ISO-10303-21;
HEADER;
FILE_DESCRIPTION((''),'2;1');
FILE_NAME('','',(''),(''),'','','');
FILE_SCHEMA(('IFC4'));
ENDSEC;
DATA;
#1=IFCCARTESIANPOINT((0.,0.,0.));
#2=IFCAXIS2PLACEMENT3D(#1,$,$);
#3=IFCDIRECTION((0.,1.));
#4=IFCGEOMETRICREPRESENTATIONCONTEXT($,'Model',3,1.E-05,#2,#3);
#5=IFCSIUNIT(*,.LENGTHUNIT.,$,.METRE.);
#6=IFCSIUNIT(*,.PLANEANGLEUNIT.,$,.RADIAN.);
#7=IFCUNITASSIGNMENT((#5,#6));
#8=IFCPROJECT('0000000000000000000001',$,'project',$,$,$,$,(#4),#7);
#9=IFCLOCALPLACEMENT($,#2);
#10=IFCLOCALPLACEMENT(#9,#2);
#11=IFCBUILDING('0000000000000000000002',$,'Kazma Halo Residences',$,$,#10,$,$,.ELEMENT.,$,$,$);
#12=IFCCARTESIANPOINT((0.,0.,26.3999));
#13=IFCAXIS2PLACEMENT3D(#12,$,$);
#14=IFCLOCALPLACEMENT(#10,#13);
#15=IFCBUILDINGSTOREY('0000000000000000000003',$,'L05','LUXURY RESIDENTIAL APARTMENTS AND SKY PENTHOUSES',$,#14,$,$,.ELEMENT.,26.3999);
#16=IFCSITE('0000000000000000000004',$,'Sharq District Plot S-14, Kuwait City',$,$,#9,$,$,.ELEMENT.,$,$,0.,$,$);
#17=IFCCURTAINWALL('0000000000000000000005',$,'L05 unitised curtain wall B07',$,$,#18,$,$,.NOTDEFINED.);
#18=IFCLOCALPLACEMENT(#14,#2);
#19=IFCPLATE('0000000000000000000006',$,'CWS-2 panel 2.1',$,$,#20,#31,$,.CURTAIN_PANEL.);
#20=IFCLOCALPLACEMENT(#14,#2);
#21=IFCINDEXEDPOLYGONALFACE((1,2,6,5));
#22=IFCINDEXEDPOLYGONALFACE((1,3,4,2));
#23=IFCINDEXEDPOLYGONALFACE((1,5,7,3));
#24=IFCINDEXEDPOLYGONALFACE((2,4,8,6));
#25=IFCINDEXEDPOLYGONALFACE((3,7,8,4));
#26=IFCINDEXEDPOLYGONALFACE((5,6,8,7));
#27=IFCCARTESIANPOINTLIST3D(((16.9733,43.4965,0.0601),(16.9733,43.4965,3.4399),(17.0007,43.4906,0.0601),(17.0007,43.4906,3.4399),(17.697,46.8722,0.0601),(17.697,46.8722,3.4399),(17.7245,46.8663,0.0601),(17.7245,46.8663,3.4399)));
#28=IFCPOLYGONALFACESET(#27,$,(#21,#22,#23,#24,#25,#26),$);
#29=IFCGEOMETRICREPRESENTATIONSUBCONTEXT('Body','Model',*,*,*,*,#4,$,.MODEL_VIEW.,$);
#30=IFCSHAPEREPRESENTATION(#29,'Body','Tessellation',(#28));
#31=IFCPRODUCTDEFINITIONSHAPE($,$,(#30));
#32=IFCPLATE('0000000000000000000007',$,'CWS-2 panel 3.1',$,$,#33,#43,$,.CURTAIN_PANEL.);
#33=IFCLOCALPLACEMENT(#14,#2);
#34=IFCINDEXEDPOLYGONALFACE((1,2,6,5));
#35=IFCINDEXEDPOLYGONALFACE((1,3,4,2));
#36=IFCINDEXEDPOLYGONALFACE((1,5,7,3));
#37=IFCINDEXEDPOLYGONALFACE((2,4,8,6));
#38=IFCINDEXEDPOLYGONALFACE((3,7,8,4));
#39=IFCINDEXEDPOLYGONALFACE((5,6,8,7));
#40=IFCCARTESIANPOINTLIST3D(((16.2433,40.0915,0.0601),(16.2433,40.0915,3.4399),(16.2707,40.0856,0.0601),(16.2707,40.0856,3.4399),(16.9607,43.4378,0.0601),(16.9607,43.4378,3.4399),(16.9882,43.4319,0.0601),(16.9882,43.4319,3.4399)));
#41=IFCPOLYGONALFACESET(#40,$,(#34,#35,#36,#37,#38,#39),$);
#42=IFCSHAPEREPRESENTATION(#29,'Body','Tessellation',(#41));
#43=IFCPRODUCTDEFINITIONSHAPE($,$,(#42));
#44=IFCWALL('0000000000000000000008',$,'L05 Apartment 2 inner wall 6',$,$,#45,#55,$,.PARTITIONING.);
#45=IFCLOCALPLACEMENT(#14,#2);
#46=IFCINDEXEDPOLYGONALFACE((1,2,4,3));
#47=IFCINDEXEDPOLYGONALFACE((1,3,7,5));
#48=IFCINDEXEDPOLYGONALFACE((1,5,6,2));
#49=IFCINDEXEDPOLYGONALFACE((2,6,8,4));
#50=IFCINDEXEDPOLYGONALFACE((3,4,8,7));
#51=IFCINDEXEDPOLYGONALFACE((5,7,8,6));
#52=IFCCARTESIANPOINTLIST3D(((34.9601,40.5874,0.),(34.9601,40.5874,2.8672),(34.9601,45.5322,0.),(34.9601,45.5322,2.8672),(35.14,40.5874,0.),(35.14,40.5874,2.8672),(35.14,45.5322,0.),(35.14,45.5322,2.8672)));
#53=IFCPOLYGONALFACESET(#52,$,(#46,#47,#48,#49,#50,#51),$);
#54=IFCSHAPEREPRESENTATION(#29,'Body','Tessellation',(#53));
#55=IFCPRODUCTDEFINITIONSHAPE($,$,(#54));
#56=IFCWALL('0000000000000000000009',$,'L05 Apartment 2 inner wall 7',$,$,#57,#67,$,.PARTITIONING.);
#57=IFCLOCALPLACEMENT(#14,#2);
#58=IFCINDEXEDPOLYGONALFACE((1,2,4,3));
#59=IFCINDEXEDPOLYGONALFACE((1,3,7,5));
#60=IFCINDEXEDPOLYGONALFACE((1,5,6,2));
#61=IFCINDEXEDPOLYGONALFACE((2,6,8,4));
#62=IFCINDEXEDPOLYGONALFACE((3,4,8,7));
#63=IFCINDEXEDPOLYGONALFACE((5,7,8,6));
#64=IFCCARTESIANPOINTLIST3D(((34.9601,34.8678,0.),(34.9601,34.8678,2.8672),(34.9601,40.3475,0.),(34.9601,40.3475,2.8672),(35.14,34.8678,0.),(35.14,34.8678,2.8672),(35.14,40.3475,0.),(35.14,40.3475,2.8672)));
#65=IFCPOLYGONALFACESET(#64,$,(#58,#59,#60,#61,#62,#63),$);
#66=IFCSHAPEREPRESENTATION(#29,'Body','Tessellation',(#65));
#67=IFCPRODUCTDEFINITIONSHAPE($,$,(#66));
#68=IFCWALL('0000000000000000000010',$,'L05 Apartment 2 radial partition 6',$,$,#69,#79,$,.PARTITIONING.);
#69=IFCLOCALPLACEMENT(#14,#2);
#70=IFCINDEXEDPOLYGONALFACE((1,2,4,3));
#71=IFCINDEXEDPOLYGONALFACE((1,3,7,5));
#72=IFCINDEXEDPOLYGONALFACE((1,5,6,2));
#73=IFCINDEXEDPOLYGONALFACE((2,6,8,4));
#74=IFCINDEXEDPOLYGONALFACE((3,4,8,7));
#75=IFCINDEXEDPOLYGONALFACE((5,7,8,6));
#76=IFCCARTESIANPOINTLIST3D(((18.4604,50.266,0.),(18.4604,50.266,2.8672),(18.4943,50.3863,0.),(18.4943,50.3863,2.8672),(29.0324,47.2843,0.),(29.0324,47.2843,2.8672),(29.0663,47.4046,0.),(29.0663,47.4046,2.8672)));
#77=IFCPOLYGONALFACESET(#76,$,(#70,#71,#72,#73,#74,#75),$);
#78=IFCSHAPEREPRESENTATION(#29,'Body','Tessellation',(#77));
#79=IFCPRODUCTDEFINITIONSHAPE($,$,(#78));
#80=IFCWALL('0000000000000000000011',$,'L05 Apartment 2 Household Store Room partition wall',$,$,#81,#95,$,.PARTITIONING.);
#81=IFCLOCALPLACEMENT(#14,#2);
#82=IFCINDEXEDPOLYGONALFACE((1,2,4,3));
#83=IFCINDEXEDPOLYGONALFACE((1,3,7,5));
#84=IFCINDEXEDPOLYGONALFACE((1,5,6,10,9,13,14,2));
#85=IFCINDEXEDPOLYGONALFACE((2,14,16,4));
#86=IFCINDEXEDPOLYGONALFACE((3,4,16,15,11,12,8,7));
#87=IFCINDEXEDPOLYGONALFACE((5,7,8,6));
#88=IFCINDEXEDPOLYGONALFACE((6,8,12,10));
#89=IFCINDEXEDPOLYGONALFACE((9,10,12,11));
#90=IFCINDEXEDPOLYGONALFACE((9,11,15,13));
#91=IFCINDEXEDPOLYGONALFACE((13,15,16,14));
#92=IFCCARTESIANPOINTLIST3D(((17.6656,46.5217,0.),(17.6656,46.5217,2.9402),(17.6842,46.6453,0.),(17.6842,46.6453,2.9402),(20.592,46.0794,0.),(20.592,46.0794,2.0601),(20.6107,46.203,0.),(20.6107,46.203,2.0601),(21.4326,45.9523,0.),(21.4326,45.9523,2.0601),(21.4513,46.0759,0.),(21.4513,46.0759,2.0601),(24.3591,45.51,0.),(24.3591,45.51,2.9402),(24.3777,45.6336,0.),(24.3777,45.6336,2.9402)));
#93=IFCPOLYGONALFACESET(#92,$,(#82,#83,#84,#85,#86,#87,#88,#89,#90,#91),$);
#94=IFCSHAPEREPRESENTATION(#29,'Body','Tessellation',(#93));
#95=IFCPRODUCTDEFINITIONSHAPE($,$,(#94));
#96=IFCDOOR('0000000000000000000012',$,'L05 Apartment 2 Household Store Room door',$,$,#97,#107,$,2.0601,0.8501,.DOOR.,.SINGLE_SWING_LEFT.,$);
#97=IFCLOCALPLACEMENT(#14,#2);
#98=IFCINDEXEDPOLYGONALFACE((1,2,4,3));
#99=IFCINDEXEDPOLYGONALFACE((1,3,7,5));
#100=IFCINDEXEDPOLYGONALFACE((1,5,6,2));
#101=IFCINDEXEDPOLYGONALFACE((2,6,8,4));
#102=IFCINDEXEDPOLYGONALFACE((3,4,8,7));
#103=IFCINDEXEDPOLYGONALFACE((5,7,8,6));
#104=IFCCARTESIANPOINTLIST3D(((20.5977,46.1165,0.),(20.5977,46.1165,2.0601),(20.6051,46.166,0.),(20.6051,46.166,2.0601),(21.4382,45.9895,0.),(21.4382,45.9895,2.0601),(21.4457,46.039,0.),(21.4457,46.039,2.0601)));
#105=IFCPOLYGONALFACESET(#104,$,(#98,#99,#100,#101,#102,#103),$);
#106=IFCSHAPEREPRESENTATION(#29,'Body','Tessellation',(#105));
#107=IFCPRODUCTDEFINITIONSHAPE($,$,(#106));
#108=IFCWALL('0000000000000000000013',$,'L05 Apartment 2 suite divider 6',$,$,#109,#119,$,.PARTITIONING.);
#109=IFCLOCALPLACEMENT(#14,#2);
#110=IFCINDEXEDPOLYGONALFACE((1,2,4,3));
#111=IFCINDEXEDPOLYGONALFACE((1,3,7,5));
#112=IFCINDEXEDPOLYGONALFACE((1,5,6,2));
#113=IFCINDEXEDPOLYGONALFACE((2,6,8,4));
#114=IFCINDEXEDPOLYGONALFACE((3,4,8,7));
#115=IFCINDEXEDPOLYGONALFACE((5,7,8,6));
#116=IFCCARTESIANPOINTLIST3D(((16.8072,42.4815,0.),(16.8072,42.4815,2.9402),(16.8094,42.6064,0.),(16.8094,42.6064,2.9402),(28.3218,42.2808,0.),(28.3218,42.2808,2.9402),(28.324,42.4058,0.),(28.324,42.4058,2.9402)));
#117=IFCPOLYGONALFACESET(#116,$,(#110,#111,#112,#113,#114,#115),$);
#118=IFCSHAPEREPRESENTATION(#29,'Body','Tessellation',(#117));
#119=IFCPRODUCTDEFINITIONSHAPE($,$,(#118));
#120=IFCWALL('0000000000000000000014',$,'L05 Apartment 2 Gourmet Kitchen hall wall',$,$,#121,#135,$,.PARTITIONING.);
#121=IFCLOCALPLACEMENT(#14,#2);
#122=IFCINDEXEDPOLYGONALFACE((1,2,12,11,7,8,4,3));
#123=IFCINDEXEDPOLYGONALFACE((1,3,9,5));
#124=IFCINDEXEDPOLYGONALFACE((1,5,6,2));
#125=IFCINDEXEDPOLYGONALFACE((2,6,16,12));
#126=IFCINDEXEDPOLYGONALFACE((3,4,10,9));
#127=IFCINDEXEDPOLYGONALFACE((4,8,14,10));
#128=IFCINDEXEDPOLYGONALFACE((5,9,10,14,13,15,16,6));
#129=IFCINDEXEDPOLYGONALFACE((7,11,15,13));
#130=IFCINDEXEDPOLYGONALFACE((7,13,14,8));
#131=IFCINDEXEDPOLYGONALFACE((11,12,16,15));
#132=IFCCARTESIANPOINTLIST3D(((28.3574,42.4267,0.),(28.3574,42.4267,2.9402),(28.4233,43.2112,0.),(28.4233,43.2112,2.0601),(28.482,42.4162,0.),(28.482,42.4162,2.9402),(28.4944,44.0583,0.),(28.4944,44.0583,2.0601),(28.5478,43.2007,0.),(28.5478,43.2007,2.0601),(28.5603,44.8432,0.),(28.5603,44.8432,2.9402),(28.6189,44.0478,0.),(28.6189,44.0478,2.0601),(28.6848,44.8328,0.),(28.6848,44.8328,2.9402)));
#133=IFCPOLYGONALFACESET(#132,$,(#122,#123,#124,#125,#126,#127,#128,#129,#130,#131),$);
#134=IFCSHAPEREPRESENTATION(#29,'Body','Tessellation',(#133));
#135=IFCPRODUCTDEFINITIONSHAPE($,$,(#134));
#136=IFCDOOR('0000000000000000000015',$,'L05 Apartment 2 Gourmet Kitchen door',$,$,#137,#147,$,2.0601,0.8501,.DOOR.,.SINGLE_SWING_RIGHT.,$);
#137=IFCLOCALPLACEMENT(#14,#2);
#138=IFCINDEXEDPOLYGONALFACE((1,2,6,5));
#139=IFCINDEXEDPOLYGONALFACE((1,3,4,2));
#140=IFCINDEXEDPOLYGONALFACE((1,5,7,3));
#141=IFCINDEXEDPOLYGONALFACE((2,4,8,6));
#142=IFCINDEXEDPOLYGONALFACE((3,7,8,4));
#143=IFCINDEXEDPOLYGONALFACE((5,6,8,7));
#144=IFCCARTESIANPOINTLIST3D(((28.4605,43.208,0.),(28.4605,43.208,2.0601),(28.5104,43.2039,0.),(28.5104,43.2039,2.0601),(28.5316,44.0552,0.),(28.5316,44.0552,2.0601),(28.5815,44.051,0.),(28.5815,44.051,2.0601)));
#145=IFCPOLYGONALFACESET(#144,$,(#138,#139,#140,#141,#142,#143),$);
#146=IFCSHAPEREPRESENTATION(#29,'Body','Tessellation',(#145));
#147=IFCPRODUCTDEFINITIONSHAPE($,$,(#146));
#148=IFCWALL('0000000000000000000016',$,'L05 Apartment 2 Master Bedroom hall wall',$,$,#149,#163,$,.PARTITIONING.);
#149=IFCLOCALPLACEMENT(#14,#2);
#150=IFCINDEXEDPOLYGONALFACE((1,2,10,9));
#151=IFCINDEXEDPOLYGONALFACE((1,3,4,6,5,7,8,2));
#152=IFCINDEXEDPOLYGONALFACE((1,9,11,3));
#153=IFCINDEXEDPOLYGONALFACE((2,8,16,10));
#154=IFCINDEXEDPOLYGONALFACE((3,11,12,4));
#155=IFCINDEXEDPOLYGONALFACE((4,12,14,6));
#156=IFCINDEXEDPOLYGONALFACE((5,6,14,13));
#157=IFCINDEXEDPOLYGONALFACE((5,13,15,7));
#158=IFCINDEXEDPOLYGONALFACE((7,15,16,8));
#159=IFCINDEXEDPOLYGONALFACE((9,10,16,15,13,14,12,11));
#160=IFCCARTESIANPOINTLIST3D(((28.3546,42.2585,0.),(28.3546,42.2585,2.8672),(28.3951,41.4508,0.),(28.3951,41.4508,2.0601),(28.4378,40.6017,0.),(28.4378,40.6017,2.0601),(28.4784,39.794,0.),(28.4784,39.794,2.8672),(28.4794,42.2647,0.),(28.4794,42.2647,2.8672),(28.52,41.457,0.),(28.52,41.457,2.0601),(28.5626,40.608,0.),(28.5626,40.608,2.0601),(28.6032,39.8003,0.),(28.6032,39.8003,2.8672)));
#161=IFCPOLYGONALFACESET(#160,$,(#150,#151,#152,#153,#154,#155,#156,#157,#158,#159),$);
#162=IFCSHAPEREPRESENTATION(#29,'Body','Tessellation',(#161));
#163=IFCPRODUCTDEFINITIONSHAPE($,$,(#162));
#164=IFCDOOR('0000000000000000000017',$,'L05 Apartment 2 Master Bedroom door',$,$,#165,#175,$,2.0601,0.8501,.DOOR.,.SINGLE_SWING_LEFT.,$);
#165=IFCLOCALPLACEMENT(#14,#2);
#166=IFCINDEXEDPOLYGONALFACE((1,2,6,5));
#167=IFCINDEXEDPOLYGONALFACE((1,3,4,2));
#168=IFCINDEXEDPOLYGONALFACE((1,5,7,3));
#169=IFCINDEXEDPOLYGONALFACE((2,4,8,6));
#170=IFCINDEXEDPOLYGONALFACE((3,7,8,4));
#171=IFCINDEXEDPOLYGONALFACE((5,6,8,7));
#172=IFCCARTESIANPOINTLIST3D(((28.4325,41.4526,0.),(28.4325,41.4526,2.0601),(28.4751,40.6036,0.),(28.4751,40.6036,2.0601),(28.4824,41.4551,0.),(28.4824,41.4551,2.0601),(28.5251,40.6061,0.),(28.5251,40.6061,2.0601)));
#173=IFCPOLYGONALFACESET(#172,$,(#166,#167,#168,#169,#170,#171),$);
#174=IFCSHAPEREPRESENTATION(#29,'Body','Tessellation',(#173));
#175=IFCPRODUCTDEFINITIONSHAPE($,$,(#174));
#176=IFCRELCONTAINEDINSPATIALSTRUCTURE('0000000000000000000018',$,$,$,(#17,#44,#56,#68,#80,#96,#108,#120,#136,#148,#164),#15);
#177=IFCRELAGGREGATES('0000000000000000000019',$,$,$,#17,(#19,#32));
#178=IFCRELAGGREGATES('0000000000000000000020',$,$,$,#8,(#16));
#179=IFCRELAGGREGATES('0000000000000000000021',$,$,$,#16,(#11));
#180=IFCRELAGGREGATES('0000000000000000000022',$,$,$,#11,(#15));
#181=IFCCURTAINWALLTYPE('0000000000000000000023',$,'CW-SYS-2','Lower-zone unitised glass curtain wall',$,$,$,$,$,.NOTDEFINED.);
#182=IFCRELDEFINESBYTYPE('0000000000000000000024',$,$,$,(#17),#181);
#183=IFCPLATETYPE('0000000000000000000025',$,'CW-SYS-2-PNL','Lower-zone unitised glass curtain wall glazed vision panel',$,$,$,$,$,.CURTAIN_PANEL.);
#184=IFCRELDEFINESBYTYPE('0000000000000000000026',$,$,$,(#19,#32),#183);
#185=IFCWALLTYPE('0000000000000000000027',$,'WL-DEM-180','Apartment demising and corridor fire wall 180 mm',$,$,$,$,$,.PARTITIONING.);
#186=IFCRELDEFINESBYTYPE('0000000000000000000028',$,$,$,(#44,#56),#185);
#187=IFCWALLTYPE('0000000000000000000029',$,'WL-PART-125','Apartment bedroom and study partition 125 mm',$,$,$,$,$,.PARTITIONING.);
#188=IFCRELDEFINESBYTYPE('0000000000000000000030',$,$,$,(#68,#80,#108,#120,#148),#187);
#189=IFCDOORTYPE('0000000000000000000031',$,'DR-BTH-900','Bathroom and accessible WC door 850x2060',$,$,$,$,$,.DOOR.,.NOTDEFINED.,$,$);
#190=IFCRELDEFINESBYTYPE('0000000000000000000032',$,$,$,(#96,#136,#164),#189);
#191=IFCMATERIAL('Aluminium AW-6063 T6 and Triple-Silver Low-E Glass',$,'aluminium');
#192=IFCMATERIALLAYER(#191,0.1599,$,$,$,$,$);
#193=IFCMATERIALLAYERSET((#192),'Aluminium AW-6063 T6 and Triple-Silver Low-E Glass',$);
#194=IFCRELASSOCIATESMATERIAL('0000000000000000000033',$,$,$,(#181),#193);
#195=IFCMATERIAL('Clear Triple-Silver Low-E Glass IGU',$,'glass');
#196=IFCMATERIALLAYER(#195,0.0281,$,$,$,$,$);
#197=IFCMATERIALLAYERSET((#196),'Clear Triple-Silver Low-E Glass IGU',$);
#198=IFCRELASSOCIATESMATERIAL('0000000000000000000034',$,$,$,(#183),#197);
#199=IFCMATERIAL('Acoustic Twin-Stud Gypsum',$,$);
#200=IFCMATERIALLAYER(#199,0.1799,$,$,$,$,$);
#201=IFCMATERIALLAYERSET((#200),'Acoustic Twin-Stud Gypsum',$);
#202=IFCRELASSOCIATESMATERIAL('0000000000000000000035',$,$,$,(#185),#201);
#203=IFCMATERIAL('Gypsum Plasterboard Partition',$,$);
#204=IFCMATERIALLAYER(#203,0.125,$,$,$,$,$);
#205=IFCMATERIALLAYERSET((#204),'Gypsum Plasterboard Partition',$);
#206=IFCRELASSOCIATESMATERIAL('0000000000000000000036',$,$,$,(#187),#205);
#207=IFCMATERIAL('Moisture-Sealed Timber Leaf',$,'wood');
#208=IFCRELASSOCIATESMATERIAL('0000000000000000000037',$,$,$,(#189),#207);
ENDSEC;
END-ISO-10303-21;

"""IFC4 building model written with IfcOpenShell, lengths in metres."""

from ifc_helpers import new_model, si_unit, direction, frame, frame_2d, origin, origin_2d, place, context, subcontext, project, spatial, rectangle, extrude, material, layer, layer_set, type_object, element, fill, aggregate, save


model = new_model("IFC4")

# Units and contexts
model_context = context("Model", 3, precision=1e-05, world=origin(), true_north=direction((0.0, 1.0)))
body_context = subcontext(model_context, "Body", "Model", "MODEL_VIEW")
ifc_project = project(units=[si_unit("LENGTHUNIT", "METRE"), si_unit("PLANEANGLEUNIT", "RADIAN")], contexts=[model_context])

# Site, building, storey
site_placement = place(None, origin())
site = spatial("IfcSite", under=ifc_project, at=site_placement, Name="Sharq District Plot S-14, Kuwait City", CompositionType="ELEMENT", RefElevation=0.0)
building_placement = place(site_placement, origin())
building = spatial("IfcBuilding", under=site, at=building_placement, Name="Kazma Halo Residences", CompositionType="ELEMENT")
storey_placement = place(building_placement, frame((0.0, 0.0, 26.3999)))
storey = spatial("IfcBuildingStorey", under=building, at=storey_placement, Name="L05", Description="LUXURY RESIDENTIAL APARTMENTS AND SKY PENTHOUSES", CompositionType="ELEMENT", Elevation=26.3999)

# Curtain wall, plates
ifc_material_1 = material(Name="Aluminium AW-6063 T6 and Triple-Silver Low-E Glass", Category="aluminium")
ifc_layer_1 = layer(ifc_material_1, 0.1599)
ifc_layer_set_1 = layer_set([ifc_layer_1], Name="Aluminium AW-6063 T6 and Triple-Silver Low-E Glass")
curtain_wall_type = type_object("IfcCurtainWallType", Name="CW-SYS-2", Description="Lower-zone unitised glass curtain wall", PredefinedType="NOTDEFINED", material=ifc_layer_set_1)
curtain_wall_placement = place(storey_placement, origin())
curtain_wall = element("IfcCurtainWall", 1, at=curtain_wall_placement, inside=storey, type_object=curtain_wall_type, Name="L05 unitised curtain wall B07", PredefinedType="NOTDEFINED")
ifc_material_2 = material(Name="Clear Triple-Silver Low-E Glass IGU", Category="glass")
ifc_layer_2 = layer(ifc_material_2, 0.0281)
ifc_layer_set_2 = layer_set([ifc_layer_2], Name="Clear Triple-Silver Low-E Glass IGU")
plate_type = type_object("IfcPlateType", Name="CW-SYS-2-PNL", Description="Lower-zone unitised glass curtain wall glazed vision panel", PredefinedType="CURTAIN_PANEL", material=ifc_layer_set_2)
plate_1_placement = place(storey_placement, frame((17.3489, 45.1814, 0.0601), z_axis=(0.0, 0.0, 1.0), x_axis=(-0.209637, -0.977779, 0.0)))
plate_1 = element("IfcPlate", 2, at=plate_1_placement, type_object=plate_type, Name="CWS-2 panel 2.1", PredefinedType="CURTAIN_PANEL", context=body_context, shape_type="SweptSolid", body=[
    extrude(rectangle(XDim=3.4524, YDim=0.0281, at=origin_2d()), origin(), (0.0, 0.0, 1.0), 3.3799),
])
plate_2_placement = place(storey_placement, frame((16.6157, 41.7617, 0.0601), z_axis=(0.0, 0.0, 1.0), x_axis=(-0.209637, -0.977779, 0.0)))
plate_2 = element("IfcPlate", 3, at=plate_2_placement, type_object=plate_type, Name="CWS-2 panel 3.1", PredefinedType="CURTAIN_PANEL", context=body_context, shape_type="SweptSolid", body=[
    extrude(rectangle(XDim=3.4224, YDim=0.0281, at=origin_2d()), origin(), (0.0, 0.0, 1.0), 3.3799),
])
aggregate(curtain_wall, [plate_1, plate_2])

# Walls
ifc_material_3 = material(Name="Acoustic Twin-Stud Gypsum")
ifc_layer_3 = layer(ifc_material_3, 0.1799)
ifc_layer_set_3 = layer_set([ifc_layer_3], Name="Acoustic Twin-Stud Gypsum")
wall_type_1 = type_object("IfcWallType", Name="WL-DEM-180", Description="Apartment demising and corridor fire wall 180 mm", PredefinedType="PARTITIONING", material=ifc_layer_set_3)
wall_1_placement = place(storey_placement, frame((35.05, 45.5322, 0.0), z_axis=(0.0, 0.0, 1.0), x_axis=(0.0, -1.0, 0.0)))
element("IfcWall", 4, at=wall_1_placement, inside=storey, type_object=wall_type_1, Name="L05 Apartment 2 inner wall 6", PredefinedType="PARTITIONING", context=body_context, shape_type="SweptSolid", body=[
    extrude(rectangle(XDim=4.9448, YDim=0.1799, at=frame_2d((2.4724, 0.0))), origin(), (0.0, 0.0, 1.0), 2.8672),
])
wall_2_placement = place(storey_placement, frame((35.05, 40.3474, 0.0), z_axis=(0.0, 0.0, 1.0), x_axis=(0.0, -1.0, 0.0)))
element("IfcWall", 5, at=wall_2_placement, inside=storey, type_object=wall_type_1, Name="L05 Apartment 2 inner wall 7", PredefinedType="PARTITIONING", context=body_context, shape_type="SweptSolid", body=[
    extrude(rectangle(XDim=5.4797, YDim=0.1799, at=frame_2d((2.7397, 0.0))), origin(), (0.0, 0.0, 1.0), 2.8672),
])
ifc_material_4 = material(Name="Gypsum Plasterboard Partition")
ifc_layer_4 = layer(ifc_material_4, 0.125)
ifc_layer_set_4 = layer_set([ifc_layer_4], Name="Gypsum Plasterboard Partition")
wall_type_2 = type_object("IfcWallType", Name="WL-PART-125", Description="Apartment bedroom and study partition 125 mm", PredefinedType="PARTITIONING", material=ifc_layer_set_4)
wall_3_placement = place(storey_placement, frame((29.0493, 47.3445, 0.0), z_axis=(0.0, 0.0, 1.0), x_axis=(-0.962454, 0.271446, 0.0)))
element("IfcWall", 6, at=wall_3_placement, inside=storey, type_object=wall_type_2, Name="L05 Apartment 2 radial partition 6", PredefinedType="PARTITIONING", context=body_context, shape_type="SweptSolid", body=[
    extrude(rectangle(XDim=10.9844, YDim=0.125, at=frame_2d((5.4922, 0.0))), origin(), (0.0, 0.0, 1.0), 2.8672),
])

# Wall, opening, door
wall_4_placement = place(storey_placement, frame((24.3684, 45.5718, 0.0), z_axis=(0.0, 0.0, 1.0), x_axis=(-0.988769, 0.14945, 0.0)))
wall_4 = element("IfcWall", 7, at=wall_4_placement, inside=storey, type_object=wall_type_2, Name="L05 Apartment 2 Household Store Room partition wall", PredefinedType="PARTITIONING", context=body_context, shape_type="SweptSolid", body=[
    extrude(rectangle(XDim=6.7695, YDim=0.125, at=frame_2d((3.3848, 0.0))), origin(), (0.0, 0.0, 1.0), 2.9402),
])
opening_1_placement = place(wall_4_placement, frame((2.9597, 0.0, 0.0)))
opening_1 = element("IfcOpeningElement", 8, at=opening_1_placement, cuts=wall_4, PredefinedType="OPENING", context=body_context, shape_type="SweptSolid", body=[
    extrude(rectangle(XDim=0.8501, YDim=2.0601, at=frame_2d((0.425, 1.03))), frame((0.0, 0.0725, 0.0), z_axis=(0.0, -1.0, 0.0), x_axis=(1.0, 0.0, 0.0)), (0.0, 0.0, 1.0), 0.145),
])
ifc_material_5 = material(Name="Moisture-Sealed Timber Leaf", Category="wood")
door_type = type_object("IfcDoorType", Name="DR-BTH-900", Description="Bathroom and accessible WC door 850x2060", OperationType="NOTDEFINED", PredefinedType="DOOR", material=ifc_material_5)
door_1_placement = place(opening_1_placement, origin())
door_1 = element("IfcDoor", 9, at=door_1_placement, inside=storey, type_object=door_type, Name="L05 Apartment 2 Household Store Room door", OperationType="SINGLE_SWING_LEFT", OverallHeight=2.0601, OverallWidth=0.8501, PredefinedType="DOOR", context=body_context, shape_type="SweptSolid", body=[
    extrude(rectangle(XDim=0.8501, YDim=2.0601, at=frame_2d((0.425, 1.03))), frame((0.0, 0.0249, 0.0), z_axis=(0.0, -1.0, 0.0), x_axis=(1.0, 0.0, 0.0)), (0.0, 0.0, 1.0), 0.05),
])
fill(opening_1, door_1)

# Wall
wall_5_placement = place(storey_placement, frame((28.323, 42.3433, 0.0), z_axis=(0.0, 0.0, 1.0), x_axis=(-0.999848, 0.017426, 0.0)))
element("IfcWall", 10, at=wall_5_placement, inside=storey, type_object=wall_type_2, Name="L05 Apartment 2 suite divider 6", PredefinedType="PARTITIONING", context=body_context, shape_type="SweptSolid", body=[
    extrude(rectangle(XDim=11.5164, YDim=0.125, at=frame_2d((5.7583, 0.0))), origin(), (0.0, 0.0, 1.0), 2.9402),
])

# Walls, openings, doors
wall_6_placement = place(storey_placement, frame((28.6226, 44.8379, 0.0), z_axis=(0.0, 0.0, 1.0), x_axis=(-0.083662, -0.996494, 0.0)))
wall_6 = element("IfcWall", 11, at=wall_6_placement, inside=storey, type_object=wall_type_2, Name="L05 Apartment 2 Gourmet Kitchen hall wall", PredefinedType="PARTITIONING", context=body_context, shape_type="SweptSolid", body=[
    extrude(rectangle(XDim=2.425, YDim=0.125, at=frame_2d((1.2124, 0.0))), origin(), (0.0, 0.0, 1.0), 2.9402),
])
opening_2_placement = place(wall_6_placement, frame((0.7876, 0.0, 0.0)))
opening_2 = element("IfcOpeningElement", 12, at=opening_2_placement, cuts=wall_6, PredefinedType="OPENING", context=body_context, shape_type="SweptSolid", body=[
    extrude(rectangle(XDim=0.8501, YDim=2.0601, at=frame_2d((0.425, 1.03))), frame((0.0, 0.0725, 0.0), z_axis=(0.0, -1.0, 0.0), x_axis=(1.0, 0.0, 0.0)), (0.0, 0.0, 1.0), 0.145),
])
door_2_placement = place(opening_2_placement, origin())
door_2 = element("IfcDoor", 13, at=door_2_placement, inside=storey, type_object=door_type, Name="L05 Apartment 2 Gourmet Kitchen door", OperationType="SINGLE_SWING_RIGHT", OverallHeight=2.0601, OverallWidth=0.8501, PredefinedType="DOOR", context=body_context, shape_type="SweptSolid", body=[
    extrude(rectangle(XDim=0.8501, YDim=2.0601, at=frame_2d((0.425, 1.03))), frame((0.0, 0.0249, 0.0), z_axis=(0.0, -1.0, 0.0), x_axis=(1.0, 0.0, 0.0)), (0.0, 0.0, 1.0), 0.05),
])
fill(opening_2, door_2)
wall_7_placement = place(storey_placement, frame((28.417, 42.2617, 0.0), z_axis=(0.0, 0.0, 1.0), x_axis=(0.050165, -0.998741, 0.0)))
wall_7 = element("IfcWall", 14, at=wall_7_placement, inside=storey, type_object=wall_type_2, Name="L05 Apartment 2 Master Bedroom hall wall", PredefinedType="PARTITIONING", context=body_context, shape_type="SweptSolid", body=[
    extrude(rectangle(XDim=2.4675, YDim=0.125, at=frame_2d((1.2339, 0.0))), origin(), (0.0, 0.0, 1.0), 2.8672),
])
opening_3_placement = place(wall_7_placement, frame((0.8088, 0.0, 0.0)))
opening_3 = element("IfcOpeningElement", 15, at=opening_3_placement, cuts=wall_7, PredefinedType="OPENING", context=body_context, shape_type="SweptSolid", body=[
    extrude(rectangle(XDim=0.8501, YDim=2.0601, at=frame_2d((0.425, 1.03))), frame((0.0, 0.0725, 0.0), z_axis=(0.0, -1.0, 0.0), x_axis=(1.0, 0.0, 0.0)), (0.0, 0.0, 1.0), 0.145),
])
door_3_placement = place(opening_3_placement, origin())
door_3 = element("IfcDoor", 16, at=door_3_placement, inside=storey, type_object=door_type, Name="L05 Apartment 2 Master Bedroom door", OperationType="SINGLE_SWING_LEFT", OverallHeight=2.0601, OverallWidth=0.8501, PredefinedType="DOOR", context=body_context, shape_type="SweptSolid", body=[
    extrude(rectangle(XDim=0.8501, YDim=2.0601, at=frame_2d((0.425, 1.03))), frame((0.0, 0.0249, 0.0), z_axis=(0.0, -1.0, 0.0), x_axis=(1.0, 0.0, 0.0)), (0.0, 0.0, 1.0), 0.05),
])
fill(opening_3, door_3)

save(model, "model.ifc")
